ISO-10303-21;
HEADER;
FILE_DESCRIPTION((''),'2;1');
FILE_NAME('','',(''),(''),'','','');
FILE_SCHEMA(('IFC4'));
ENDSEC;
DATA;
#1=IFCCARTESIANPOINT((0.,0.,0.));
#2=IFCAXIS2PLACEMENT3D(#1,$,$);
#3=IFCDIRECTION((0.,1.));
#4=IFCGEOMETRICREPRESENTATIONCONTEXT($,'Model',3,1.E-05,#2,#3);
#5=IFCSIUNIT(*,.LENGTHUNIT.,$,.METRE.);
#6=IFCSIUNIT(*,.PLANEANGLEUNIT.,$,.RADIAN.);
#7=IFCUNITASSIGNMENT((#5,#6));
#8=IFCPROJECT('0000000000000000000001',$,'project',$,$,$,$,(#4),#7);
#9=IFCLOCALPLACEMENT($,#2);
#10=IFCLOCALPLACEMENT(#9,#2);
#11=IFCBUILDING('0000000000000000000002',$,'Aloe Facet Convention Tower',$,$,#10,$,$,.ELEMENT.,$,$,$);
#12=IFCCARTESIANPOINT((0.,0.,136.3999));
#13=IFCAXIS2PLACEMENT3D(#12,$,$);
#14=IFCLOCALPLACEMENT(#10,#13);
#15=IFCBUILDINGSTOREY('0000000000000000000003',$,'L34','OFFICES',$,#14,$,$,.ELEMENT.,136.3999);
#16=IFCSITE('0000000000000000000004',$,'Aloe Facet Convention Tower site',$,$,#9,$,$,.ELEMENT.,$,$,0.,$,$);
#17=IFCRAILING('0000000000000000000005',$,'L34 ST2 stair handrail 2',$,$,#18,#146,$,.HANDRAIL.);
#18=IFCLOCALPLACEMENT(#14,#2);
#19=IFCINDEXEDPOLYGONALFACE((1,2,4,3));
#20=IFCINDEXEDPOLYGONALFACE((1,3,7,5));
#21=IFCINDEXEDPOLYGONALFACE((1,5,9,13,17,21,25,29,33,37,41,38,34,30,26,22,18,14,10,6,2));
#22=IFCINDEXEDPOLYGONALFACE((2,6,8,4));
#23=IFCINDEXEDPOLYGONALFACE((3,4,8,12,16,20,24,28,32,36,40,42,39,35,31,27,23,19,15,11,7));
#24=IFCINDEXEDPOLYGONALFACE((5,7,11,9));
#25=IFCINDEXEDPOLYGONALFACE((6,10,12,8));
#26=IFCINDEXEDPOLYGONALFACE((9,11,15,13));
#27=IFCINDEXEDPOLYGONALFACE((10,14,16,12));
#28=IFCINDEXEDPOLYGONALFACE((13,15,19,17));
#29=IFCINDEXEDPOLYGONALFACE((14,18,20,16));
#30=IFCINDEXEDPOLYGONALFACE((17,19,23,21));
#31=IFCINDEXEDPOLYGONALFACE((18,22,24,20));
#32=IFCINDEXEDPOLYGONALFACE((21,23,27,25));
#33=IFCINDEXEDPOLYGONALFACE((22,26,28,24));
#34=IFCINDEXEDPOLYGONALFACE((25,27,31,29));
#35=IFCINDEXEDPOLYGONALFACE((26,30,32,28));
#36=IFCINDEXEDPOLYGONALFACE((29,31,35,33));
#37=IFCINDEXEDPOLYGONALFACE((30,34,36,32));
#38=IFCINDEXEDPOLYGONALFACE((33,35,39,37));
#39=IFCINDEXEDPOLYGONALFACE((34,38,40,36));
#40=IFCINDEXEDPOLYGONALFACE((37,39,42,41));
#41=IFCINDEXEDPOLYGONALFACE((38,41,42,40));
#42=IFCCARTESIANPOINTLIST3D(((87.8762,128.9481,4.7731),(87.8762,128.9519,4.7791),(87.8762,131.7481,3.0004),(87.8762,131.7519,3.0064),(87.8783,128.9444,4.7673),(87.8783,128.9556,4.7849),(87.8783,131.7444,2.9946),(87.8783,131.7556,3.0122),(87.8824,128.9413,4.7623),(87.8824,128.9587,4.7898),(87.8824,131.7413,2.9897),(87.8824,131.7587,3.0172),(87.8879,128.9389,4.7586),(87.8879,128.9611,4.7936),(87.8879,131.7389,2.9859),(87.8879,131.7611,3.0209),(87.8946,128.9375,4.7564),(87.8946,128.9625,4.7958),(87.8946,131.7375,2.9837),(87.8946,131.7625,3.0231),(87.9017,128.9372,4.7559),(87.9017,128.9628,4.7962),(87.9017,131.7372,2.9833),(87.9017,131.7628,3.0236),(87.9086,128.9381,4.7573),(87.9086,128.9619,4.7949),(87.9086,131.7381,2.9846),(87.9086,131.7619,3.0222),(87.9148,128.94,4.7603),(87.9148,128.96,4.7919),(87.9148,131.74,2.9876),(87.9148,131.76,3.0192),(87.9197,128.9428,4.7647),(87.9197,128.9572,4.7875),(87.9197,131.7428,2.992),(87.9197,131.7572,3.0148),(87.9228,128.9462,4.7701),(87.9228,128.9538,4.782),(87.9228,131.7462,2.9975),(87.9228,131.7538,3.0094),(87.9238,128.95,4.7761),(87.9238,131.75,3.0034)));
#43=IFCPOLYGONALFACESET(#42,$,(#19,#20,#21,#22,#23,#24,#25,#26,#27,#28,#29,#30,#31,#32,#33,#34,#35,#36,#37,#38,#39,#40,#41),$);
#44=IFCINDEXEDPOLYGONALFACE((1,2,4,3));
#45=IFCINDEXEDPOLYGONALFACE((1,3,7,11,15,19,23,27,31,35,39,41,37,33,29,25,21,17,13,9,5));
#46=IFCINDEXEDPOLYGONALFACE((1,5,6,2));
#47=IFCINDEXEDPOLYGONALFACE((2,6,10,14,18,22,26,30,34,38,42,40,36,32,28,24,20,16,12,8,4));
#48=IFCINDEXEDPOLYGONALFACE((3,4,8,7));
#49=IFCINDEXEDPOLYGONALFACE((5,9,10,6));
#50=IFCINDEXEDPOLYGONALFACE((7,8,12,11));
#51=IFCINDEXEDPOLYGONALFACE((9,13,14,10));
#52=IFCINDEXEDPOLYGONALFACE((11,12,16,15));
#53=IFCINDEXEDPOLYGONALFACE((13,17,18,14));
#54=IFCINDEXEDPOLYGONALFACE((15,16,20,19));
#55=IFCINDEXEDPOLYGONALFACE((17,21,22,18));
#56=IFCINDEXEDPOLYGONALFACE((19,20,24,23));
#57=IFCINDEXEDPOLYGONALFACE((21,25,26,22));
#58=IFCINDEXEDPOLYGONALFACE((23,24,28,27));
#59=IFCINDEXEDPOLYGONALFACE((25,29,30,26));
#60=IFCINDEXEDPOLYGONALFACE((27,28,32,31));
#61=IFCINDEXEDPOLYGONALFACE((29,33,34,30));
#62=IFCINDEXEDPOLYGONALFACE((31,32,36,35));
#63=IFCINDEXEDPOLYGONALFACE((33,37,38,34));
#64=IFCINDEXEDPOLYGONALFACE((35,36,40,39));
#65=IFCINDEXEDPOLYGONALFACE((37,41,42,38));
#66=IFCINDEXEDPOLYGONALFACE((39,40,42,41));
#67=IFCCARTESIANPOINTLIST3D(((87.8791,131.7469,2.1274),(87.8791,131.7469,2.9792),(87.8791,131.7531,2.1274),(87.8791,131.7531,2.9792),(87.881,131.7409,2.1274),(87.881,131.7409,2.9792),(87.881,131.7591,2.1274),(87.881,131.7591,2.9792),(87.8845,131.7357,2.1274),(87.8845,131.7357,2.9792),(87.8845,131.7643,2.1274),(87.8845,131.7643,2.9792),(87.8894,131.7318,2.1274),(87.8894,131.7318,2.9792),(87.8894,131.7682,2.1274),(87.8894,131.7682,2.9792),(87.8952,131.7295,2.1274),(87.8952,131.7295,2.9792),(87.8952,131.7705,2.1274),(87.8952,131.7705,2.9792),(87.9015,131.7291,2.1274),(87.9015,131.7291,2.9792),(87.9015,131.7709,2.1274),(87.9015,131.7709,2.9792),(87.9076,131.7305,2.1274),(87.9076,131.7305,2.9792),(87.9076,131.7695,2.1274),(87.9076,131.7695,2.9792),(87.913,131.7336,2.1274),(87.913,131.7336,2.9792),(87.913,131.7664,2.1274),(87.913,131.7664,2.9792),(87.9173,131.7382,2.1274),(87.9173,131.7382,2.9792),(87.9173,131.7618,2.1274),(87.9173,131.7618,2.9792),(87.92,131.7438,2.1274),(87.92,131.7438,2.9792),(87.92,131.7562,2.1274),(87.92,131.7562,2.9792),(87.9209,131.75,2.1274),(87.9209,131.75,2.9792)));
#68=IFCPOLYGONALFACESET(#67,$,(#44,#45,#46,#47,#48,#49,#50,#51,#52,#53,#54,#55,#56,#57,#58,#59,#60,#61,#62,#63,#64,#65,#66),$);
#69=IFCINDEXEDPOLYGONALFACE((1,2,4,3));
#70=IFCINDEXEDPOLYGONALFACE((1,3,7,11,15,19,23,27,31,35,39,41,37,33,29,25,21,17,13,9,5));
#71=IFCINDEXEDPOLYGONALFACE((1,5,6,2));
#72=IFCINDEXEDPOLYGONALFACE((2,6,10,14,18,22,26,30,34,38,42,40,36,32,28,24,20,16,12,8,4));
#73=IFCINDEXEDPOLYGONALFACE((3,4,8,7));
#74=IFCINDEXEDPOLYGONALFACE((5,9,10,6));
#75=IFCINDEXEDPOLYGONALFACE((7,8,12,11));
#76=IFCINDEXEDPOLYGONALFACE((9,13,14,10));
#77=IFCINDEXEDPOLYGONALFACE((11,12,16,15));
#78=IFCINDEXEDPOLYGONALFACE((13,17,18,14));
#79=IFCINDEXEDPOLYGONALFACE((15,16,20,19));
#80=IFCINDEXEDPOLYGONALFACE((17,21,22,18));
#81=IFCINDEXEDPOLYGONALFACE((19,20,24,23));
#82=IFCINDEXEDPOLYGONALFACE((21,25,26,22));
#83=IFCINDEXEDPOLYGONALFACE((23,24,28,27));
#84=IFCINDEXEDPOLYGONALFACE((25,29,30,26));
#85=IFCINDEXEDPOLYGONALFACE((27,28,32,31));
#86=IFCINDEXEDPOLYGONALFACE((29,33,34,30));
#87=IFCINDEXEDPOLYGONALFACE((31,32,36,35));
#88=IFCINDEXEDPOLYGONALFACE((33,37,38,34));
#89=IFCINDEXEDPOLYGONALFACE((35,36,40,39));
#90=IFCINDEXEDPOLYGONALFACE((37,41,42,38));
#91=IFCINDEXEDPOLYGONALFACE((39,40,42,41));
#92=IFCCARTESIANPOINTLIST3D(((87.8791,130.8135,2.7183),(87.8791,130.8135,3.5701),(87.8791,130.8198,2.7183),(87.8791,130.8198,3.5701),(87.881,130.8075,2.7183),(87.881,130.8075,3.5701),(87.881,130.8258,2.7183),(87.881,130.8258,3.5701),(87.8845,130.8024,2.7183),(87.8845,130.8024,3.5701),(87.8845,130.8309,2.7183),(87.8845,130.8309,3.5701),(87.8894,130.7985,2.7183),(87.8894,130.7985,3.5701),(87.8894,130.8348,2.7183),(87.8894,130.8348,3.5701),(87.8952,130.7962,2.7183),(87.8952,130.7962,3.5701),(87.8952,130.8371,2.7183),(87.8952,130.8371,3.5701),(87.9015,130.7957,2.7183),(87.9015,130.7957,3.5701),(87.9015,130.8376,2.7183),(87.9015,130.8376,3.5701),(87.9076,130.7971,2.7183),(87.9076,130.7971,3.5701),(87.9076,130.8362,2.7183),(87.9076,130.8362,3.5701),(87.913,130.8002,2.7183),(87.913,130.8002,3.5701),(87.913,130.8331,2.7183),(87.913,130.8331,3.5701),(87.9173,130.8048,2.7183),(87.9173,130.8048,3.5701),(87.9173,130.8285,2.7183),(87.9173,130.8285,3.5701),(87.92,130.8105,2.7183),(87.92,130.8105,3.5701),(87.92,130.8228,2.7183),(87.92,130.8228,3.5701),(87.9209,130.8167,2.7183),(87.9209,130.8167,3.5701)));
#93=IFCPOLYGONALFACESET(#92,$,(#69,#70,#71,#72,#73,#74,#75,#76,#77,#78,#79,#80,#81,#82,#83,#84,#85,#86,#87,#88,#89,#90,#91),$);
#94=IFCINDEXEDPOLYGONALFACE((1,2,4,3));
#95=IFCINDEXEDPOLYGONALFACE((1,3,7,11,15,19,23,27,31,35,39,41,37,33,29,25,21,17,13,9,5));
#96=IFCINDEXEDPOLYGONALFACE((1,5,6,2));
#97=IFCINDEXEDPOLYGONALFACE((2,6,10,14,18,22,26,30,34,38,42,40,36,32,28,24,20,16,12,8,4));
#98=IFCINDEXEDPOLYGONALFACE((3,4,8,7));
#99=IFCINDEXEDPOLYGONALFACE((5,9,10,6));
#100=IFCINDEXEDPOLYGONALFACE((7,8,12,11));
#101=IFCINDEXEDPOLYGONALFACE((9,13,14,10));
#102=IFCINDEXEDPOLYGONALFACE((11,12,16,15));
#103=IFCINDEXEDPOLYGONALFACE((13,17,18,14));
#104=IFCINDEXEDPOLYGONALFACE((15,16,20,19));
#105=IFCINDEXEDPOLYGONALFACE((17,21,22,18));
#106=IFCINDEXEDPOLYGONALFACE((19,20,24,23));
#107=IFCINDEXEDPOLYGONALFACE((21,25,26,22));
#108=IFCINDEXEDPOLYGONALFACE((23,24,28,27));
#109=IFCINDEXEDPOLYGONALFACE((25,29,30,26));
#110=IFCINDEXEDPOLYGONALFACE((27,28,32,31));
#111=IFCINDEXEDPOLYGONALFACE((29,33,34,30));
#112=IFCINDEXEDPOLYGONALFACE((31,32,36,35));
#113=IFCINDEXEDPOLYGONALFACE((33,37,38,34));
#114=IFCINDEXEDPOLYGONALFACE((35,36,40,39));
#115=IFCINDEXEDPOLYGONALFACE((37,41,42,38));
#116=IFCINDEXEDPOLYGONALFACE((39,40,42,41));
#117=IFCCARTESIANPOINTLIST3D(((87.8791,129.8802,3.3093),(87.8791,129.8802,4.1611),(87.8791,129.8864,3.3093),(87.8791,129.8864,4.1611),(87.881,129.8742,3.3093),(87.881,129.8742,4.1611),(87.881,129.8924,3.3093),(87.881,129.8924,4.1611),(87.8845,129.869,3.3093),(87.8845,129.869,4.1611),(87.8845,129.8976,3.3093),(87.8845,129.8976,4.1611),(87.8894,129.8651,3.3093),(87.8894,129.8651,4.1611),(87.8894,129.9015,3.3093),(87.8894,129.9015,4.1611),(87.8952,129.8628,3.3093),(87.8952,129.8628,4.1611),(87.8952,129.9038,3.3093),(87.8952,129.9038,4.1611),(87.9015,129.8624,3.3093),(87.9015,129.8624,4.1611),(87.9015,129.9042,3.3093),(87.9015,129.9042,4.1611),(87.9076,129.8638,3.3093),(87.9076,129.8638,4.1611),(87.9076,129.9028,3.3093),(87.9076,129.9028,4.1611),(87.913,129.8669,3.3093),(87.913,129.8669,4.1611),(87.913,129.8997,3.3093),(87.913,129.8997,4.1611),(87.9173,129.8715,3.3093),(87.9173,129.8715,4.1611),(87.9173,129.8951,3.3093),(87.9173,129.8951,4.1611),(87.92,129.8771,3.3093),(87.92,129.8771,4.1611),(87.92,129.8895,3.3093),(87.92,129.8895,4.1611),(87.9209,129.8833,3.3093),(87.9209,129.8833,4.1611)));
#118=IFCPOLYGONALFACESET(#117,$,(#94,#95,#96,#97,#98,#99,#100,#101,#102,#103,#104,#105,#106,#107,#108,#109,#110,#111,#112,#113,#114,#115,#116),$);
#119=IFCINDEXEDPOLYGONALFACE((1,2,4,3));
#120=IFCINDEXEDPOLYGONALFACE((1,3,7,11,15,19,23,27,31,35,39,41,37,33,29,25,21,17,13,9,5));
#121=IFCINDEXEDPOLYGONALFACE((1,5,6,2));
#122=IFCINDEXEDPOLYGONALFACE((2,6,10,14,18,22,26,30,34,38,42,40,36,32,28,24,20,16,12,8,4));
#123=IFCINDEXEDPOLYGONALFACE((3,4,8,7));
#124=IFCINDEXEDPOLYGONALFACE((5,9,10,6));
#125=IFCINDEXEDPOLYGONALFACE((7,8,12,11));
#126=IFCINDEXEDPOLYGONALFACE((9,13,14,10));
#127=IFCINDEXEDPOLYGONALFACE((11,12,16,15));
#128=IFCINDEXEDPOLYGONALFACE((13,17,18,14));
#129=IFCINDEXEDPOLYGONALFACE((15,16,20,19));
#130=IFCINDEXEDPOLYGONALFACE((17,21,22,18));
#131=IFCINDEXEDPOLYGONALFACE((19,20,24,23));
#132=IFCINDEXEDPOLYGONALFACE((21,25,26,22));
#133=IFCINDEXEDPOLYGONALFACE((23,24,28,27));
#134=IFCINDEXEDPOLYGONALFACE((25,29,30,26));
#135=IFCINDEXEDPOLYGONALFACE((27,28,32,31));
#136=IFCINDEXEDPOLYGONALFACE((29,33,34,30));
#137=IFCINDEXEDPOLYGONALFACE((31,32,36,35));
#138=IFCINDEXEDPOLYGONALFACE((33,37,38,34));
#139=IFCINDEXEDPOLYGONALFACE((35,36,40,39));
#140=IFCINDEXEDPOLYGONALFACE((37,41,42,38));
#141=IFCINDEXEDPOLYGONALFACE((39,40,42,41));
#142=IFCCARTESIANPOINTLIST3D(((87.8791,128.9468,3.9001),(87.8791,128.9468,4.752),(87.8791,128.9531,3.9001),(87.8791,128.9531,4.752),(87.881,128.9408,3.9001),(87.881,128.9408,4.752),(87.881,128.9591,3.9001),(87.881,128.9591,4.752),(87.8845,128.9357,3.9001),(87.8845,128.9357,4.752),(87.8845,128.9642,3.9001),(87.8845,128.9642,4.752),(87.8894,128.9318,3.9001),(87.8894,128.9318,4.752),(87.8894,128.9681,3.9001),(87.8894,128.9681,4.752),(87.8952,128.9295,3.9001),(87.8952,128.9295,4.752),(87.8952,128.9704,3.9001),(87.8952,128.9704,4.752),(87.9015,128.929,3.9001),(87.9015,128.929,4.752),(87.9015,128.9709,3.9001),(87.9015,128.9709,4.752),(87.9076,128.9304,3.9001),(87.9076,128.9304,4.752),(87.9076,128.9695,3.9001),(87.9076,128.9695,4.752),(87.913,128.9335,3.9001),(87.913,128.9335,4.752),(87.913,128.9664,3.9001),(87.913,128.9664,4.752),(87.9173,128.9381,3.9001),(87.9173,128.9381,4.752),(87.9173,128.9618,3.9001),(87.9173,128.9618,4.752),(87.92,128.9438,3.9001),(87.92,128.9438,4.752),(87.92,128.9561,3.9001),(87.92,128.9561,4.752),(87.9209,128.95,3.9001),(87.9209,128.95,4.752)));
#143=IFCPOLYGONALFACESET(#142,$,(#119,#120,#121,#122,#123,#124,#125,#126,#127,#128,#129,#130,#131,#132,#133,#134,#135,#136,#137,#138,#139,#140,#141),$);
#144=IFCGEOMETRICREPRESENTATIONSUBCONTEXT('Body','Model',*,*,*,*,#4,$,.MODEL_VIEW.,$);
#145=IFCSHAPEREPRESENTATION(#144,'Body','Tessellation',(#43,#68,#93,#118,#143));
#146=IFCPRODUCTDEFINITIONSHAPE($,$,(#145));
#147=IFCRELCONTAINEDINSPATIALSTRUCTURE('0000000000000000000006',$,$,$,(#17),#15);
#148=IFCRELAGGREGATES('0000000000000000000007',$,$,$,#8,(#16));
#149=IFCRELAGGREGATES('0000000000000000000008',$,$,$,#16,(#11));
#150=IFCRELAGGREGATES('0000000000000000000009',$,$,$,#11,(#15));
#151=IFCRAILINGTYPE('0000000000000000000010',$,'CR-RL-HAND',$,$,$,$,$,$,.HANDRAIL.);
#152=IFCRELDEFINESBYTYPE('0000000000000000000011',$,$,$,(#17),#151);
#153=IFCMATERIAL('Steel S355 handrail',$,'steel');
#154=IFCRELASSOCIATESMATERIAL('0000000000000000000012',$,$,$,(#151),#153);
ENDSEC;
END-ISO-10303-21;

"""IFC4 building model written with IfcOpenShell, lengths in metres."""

from ifc_helpers import new_model, si_unit, direction, frame, origin, origin_2d, place, context, subcontext, project, spatial, circle, extrude, material, type_object, element, save


model = new_model("IFC4")

# Units and contexts
model_context = context("Model", 3, precision=1e-05, world=origin(), true_north=direction((0.0, 1.0)))
body_context = subcontext(model_context, "Body", "Model", "MODEL_VIEW")
ifc_project = project(units=[si_unit("LENGTHUNIT", "METRE"), si_unit("PLANEANGLEUNIT", "RADIAN")], contexts=[model_context])

# Site, building, storey
site_placement = place(None, origin())
site = spatial("IfcSite", under=ifc_project, at=site_placement, Name="Aloe Facet Convention Tower site", CompositionType="ELEMENT", RefElevation=0.0)
building_placement = place(site_placement, origin())
building = spatial("IfcBuilding", under=site, at=building_placement, Name="Aloe Facet Convention Tower", CompositionType="ELEMENT")
storey_placement = place(building_placement, frame((0.0, 0.0, 136.3999)))
storey = spatial("IfcBuildingStorey", under=building, at=storey_placement, Name="L34", Description="OFFICES", CompositionType="ELEMENT", Elevation=136.3999)

# Railing
ifc_material_1 = material(Name="Steel S355 handrail", Category="steel")
railing_type = type_object("IfcRailingType", Name="CR-RL-HAND", PredefinedType="HANDRAIL", material=ifc_material_1)
railing_placement = place(storey_placement, frame((87.8999, 131.75, 2.1274)))
element("IfcRailing", 1, at=railing_placement, inside=storey, type_object=railing_type, Name="L34 ST2 stair handrail 2", PredefinedType="HANDRAIL", context=body_context, shape_type="SweptSolid", body=[
    extrude(circle(Radius=0.0239, at=origin_2d()), frame((0.0, 0.0, 0.876), z_axis=(0.0, -0.844909, 0.53491), x_axis=(1.0, 0.0, 0.0)), (0.0, 0.0, 1.0), 3.314),
    extrude(circle(Radius=0.021, at=origin_2d()), origin(), (0.0, 0.0, 1.0), 0.8518),
    extrude(circle(Radius=0.021, at=origin_2d()), frame((0.0, -0.9333, 0.5908)), (0.0, 0.0, 1.0), 0.8518),
    extrude(circle(Radius=0.021, at=origin_2d()), frame((0.0, -1.8667, 1.1819)), (0.0, 0.0, 1.0), 0.8518),
    extrude(circle(Radius=0.021, at=origin_2d()), frame((0.0, -2.8, 1.7727)), (0.0, 0.0, 1.0), 0.8518),
])

save(model, "model.ifc")
